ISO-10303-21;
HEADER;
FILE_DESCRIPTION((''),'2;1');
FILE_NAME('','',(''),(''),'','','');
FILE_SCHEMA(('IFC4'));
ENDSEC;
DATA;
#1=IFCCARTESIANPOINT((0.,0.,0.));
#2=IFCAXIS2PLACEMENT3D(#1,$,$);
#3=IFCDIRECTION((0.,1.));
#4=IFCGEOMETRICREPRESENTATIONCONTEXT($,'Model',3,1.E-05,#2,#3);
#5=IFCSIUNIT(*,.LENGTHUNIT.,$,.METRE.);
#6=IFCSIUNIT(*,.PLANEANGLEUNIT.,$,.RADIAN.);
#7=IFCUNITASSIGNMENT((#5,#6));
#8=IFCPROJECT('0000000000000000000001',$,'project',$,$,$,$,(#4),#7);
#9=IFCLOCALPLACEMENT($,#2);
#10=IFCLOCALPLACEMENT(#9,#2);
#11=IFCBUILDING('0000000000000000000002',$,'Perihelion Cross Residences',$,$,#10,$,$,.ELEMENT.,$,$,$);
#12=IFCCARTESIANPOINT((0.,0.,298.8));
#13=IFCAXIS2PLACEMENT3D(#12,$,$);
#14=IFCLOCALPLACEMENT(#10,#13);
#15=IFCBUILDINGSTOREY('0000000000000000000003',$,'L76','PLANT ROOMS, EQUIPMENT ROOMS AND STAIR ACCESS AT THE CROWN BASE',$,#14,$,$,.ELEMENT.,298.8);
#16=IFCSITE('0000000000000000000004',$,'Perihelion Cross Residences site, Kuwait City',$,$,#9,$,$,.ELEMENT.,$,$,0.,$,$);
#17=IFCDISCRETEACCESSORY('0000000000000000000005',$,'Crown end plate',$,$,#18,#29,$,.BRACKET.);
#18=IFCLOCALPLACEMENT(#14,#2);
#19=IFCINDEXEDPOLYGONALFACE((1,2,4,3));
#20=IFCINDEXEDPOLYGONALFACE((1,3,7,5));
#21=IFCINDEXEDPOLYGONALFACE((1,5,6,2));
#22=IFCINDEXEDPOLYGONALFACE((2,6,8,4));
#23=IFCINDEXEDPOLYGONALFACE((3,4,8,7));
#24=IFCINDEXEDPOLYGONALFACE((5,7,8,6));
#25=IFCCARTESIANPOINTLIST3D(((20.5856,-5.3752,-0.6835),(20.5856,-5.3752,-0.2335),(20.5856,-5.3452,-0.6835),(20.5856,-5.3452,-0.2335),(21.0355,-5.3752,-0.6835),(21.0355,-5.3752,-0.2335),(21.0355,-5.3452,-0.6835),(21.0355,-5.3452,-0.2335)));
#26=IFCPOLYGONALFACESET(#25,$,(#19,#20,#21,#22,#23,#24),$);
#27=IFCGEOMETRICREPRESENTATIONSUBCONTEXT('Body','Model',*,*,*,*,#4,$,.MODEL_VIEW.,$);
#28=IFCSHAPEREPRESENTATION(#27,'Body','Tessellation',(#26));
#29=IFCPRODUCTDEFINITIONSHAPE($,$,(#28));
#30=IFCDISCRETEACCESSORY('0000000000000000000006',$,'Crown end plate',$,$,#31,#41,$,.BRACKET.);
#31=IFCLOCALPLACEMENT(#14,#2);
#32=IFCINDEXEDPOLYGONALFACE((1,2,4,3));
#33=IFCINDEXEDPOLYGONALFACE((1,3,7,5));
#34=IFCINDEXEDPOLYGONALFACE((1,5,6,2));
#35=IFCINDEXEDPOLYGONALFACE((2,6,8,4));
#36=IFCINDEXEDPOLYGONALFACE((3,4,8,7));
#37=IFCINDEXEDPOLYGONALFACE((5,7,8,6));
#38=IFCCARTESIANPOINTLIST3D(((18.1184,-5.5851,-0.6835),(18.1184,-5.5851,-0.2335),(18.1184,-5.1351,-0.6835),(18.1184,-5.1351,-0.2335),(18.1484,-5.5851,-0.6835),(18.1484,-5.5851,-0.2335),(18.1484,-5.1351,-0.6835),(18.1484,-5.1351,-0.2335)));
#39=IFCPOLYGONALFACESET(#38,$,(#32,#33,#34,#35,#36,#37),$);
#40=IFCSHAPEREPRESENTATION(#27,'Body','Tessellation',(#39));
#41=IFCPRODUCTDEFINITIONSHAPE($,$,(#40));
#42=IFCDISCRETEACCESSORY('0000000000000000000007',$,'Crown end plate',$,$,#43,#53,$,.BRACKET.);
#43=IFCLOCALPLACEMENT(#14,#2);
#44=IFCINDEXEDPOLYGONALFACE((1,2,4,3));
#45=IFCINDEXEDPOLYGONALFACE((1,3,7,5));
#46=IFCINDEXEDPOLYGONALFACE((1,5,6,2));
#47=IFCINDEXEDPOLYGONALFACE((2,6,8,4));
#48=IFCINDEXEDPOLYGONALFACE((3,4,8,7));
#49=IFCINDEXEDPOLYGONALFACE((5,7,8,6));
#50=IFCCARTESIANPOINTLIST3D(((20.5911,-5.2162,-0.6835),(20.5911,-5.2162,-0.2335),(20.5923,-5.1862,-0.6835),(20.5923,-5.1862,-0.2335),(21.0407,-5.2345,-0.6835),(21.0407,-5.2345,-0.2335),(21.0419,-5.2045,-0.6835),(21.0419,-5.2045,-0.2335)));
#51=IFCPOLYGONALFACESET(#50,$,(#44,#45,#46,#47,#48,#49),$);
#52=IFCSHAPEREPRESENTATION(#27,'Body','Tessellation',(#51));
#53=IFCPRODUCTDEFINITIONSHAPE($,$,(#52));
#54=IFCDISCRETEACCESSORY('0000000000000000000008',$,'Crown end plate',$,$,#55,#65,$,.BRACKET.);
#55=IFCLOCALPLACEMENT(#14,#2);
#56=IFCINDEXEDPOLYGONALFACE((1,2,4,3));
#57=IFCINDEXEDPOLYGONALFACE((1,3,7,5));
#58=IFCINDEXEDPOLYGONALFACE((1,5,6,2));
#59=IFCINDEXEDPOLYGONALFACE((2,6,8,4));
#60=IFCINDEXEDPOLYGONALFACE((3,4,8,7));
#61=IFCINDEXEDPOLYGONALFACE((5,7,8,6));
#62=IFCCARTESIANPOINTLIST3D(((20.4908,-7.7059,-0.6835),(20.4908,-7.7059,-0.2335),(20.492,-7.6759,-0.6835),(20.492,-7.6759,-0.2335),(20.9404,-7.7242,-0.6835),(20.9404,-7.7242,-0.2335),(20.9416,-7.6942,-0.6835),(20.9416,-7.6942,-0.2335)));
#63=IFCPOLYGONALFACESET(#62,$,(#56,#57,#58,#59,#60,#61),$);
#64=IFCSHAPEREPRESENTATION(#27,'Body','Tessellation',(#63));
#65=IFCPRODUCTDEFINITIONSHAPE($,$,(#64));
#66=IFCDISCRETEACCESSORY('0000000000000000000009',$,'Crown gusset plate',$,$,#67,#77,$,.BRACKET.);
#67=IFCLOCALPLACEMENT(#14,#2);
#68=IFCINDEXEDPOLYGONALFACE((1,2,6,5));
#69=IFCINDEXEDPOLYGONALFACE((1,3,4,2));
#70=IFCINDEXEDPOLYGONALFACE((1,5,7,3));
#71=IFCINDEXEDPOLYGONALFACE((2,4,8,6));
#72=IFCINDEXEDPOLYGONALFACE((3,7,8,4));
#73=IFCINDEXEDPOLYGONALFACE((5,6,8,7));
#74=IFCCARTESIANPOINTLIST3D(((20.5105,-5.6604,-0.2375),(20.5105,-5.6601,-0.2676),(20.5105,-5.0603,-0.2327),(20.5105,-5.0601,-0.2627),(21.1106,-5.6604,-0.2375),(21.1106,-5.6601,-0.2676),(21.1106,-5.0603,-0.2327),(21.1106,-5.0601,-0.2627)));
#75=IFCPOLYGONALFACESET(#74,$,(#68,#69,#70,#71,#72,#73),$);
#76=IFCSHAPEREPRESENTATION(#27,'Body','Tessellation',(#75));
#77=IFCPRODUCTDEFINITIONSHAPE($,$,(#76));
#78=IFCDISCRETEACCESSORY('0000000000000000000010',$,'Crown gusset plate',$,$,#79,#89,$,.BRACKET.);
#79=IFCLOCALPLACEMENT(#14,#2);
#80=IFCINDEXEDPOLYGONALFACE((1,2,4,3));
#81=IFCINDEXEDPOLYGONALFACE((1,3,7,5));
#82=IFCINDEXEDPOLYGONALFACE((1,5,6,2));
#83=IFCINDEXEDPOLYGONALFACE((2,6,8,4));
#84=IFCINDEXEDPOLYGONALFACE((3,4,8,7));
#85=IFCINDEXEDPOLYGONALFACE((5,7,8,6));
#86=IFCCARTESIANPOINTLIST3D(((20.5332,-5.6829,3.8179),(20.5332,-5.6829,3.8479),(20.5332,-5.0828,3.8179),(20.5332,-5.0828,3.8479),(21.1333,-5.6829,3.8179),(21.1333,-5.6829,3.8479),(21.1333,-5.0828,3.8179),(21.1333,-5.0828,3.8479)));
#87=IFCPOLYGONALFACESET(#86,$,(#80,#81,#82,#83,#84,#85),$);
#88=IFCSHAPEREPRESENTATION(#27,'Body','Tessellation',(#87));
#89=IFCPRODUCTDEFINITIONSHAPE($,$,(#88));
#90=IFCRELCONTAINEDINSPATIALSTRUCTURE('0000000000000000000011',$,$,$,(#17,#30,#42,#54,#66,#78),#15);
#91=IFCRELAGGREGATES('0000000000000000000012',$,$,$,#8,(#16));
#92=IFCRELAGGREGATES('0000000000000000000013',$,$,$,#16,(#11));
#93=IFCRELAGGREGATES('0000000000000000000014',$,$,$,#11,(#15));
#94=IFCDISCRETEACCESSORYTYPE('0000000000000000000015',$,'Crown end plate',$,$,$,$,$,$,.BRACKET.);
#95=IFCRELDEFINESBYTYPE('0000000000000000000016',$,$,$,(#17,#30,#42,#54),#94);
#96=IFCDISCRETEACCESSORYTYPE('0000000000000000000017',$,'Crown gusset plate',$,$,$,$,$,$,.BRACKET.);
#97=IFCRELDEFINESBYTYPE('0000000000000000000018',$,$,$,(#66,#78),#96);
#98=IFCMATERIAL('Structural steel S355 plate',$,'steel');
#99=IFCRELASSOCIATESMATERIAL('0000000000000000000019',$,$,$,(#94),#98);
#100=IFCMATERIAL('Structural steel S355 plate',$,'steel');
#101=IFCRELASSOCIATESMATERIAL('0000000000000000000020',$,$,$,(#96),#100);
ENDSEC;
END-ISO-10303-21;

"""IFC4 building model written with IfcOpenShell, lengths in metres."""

from ifc_helpers import new_model, si_unit, direction, frame, origin, origin_2d, place, context, subcontext, project, spatial, rectangle, extrude, material, material_profile, profile_set, type_object, element, save


model = new_model("IFC4")

# Units and contexts
model_context = context("Model", 3, precision=1e-05, world=origin(), true_north=direction((0.0, 1.0)))
body_context = subcontext(model_context, "Body", "Model", "MODEL_VIEW")
ifc_project = project(units=[si_unit("LENGTHUNIT", "METRE"), si_unit("PLANEANGLEUNIT", "RADIAN")], contexts=[model_context])

# Site, building, storey
site_placement = place(None, origin())
site = spatial("IfcSite", under=ifc_project, at=site_placement, Name="Perihelion Cross Residences site, Kuwait City", CompositionType="ELEMENT", RefElevation=0.0)
building_placement = place(site_placement, origin())
building = spatial("IfcBuilding", under=site, at=building_placement, Name="Perihelion Cross Residences", CompositionType="ELEMENT")
storey_placement = place(building_placement, frame((0.0, 0.0, 298.8)))
storey = spatial("IfcBuildingStorey", under=building, at=storey_placement, Name="L76", Description="PLANT ROOMS, EQUIPMENT ROOMS AND STAIR ACCESS AT THE CROWN BASE", CompositionType="ELEMENT", Elevation=298.8)

# Discrete accessories
ifc_material_1 = material(Name="Structural steel S355 plate", Category="steel")
ifc_material_profile_1 = material_profile(ifc_material_1, rectangle(XDim=0.45, YDim=0.45, at=origin_2d()), Name="Crown end plate")
ifc_profile_set_1 = profile_set([ifc_material_profile_1], Name="Structural steel S355 plate")
discrete_accessory_type_1 = type_object("IfcDiscreteAccessoryType", Name="Crown end plate", PredefinedType="BRACKET", material=ifc_profile_set_1)
for number, where, z_axis, x_axis, name in (
    (1, (20.8105, -5.3752, -0.4585), (0.0, 1.0, 0.0), (-1.0, 0.0, 0.0), "Crown end plate"),
    (2, (18.1184, -5.3601, -0.4585), (1.0, 0.0, 0.0), (0.0, 1.0, 0.0), "Crown end plate"),
    (3, (20.8171, -5.1953, -0.4585), (-0.040617, -0.999175, 0.0), (0.999175, -0.040617, 0.0), "Crown end plate"),
    (4, (20.7168, -7.6851, -0.4585), (-0.040617, -0.999175, 0.0), (0.999175, -0.040617, 0.0), "Crown end plate"),
):
    element("IfcDiscreteAccessory", number, at=place(storey_placement, frame(where, z_axis=z_axis, x_axis=x_axis)), inside=storey, type_object=discrete_accessory_type_1, Name=name, PredefinedType="BRACKET", context=body_context, shape_type="SweptSolid", body=[
        extrude(rectangle(XDim=0.45, YDim=0.45, at=origin_2d()), origin(), (0.0, 0.0, 1.0), 0.03),
    ])
ifc_material_2 = material(Name="Structural steel S355 plate", Category="steel")
ifc_material_profile_2 = material_profile(ifc_material_2, rectangle(XDim=0.6001, YDim=0.6001, at=origin_2d()), Name="Crown gusset plate")
ifc_profile_set_2 = profile_set([ifc_material_profile_2], Name="Structural steel S355 plate")
discrete_accessory_type_2 = type_object("IfcDiscreteAccessoryType", Name="Crown gusset plate", PredefinedType="BRACKET", material=ifc_profile_set_2)
for number, where, z_axis, x_axis, name in (
    (5, (20.8105, -5.3601, -0.2651), (0.0, -0.00813, 0.999967), (1.0, 0.0, 0.0), "Crown gusset plate"),
    (6, (20.8333, -5.3828, 3.8179), (0.0, 0.0, 1.0), (1.0, 0.0, 0.0), "Crown gusset plate"),
):
    element("IfcDiscreteAccessory", number, at=place(storey_placement, frame(where, z_axis=z_axis, x_axis=x_axis)), inside=storey, type_object=discrete_accessory_type_2, Name=name, PredefinedType="BRACKET", context=body_context, shape_type="SweptSolid", body=[
        extrude(rectangle(XDim=0.6001, YDim=0.6001, at=origin_2d()), origin(), (0.0, 0.0, 1.0), 0.03),
    ])

save(model, "model.ifc")
